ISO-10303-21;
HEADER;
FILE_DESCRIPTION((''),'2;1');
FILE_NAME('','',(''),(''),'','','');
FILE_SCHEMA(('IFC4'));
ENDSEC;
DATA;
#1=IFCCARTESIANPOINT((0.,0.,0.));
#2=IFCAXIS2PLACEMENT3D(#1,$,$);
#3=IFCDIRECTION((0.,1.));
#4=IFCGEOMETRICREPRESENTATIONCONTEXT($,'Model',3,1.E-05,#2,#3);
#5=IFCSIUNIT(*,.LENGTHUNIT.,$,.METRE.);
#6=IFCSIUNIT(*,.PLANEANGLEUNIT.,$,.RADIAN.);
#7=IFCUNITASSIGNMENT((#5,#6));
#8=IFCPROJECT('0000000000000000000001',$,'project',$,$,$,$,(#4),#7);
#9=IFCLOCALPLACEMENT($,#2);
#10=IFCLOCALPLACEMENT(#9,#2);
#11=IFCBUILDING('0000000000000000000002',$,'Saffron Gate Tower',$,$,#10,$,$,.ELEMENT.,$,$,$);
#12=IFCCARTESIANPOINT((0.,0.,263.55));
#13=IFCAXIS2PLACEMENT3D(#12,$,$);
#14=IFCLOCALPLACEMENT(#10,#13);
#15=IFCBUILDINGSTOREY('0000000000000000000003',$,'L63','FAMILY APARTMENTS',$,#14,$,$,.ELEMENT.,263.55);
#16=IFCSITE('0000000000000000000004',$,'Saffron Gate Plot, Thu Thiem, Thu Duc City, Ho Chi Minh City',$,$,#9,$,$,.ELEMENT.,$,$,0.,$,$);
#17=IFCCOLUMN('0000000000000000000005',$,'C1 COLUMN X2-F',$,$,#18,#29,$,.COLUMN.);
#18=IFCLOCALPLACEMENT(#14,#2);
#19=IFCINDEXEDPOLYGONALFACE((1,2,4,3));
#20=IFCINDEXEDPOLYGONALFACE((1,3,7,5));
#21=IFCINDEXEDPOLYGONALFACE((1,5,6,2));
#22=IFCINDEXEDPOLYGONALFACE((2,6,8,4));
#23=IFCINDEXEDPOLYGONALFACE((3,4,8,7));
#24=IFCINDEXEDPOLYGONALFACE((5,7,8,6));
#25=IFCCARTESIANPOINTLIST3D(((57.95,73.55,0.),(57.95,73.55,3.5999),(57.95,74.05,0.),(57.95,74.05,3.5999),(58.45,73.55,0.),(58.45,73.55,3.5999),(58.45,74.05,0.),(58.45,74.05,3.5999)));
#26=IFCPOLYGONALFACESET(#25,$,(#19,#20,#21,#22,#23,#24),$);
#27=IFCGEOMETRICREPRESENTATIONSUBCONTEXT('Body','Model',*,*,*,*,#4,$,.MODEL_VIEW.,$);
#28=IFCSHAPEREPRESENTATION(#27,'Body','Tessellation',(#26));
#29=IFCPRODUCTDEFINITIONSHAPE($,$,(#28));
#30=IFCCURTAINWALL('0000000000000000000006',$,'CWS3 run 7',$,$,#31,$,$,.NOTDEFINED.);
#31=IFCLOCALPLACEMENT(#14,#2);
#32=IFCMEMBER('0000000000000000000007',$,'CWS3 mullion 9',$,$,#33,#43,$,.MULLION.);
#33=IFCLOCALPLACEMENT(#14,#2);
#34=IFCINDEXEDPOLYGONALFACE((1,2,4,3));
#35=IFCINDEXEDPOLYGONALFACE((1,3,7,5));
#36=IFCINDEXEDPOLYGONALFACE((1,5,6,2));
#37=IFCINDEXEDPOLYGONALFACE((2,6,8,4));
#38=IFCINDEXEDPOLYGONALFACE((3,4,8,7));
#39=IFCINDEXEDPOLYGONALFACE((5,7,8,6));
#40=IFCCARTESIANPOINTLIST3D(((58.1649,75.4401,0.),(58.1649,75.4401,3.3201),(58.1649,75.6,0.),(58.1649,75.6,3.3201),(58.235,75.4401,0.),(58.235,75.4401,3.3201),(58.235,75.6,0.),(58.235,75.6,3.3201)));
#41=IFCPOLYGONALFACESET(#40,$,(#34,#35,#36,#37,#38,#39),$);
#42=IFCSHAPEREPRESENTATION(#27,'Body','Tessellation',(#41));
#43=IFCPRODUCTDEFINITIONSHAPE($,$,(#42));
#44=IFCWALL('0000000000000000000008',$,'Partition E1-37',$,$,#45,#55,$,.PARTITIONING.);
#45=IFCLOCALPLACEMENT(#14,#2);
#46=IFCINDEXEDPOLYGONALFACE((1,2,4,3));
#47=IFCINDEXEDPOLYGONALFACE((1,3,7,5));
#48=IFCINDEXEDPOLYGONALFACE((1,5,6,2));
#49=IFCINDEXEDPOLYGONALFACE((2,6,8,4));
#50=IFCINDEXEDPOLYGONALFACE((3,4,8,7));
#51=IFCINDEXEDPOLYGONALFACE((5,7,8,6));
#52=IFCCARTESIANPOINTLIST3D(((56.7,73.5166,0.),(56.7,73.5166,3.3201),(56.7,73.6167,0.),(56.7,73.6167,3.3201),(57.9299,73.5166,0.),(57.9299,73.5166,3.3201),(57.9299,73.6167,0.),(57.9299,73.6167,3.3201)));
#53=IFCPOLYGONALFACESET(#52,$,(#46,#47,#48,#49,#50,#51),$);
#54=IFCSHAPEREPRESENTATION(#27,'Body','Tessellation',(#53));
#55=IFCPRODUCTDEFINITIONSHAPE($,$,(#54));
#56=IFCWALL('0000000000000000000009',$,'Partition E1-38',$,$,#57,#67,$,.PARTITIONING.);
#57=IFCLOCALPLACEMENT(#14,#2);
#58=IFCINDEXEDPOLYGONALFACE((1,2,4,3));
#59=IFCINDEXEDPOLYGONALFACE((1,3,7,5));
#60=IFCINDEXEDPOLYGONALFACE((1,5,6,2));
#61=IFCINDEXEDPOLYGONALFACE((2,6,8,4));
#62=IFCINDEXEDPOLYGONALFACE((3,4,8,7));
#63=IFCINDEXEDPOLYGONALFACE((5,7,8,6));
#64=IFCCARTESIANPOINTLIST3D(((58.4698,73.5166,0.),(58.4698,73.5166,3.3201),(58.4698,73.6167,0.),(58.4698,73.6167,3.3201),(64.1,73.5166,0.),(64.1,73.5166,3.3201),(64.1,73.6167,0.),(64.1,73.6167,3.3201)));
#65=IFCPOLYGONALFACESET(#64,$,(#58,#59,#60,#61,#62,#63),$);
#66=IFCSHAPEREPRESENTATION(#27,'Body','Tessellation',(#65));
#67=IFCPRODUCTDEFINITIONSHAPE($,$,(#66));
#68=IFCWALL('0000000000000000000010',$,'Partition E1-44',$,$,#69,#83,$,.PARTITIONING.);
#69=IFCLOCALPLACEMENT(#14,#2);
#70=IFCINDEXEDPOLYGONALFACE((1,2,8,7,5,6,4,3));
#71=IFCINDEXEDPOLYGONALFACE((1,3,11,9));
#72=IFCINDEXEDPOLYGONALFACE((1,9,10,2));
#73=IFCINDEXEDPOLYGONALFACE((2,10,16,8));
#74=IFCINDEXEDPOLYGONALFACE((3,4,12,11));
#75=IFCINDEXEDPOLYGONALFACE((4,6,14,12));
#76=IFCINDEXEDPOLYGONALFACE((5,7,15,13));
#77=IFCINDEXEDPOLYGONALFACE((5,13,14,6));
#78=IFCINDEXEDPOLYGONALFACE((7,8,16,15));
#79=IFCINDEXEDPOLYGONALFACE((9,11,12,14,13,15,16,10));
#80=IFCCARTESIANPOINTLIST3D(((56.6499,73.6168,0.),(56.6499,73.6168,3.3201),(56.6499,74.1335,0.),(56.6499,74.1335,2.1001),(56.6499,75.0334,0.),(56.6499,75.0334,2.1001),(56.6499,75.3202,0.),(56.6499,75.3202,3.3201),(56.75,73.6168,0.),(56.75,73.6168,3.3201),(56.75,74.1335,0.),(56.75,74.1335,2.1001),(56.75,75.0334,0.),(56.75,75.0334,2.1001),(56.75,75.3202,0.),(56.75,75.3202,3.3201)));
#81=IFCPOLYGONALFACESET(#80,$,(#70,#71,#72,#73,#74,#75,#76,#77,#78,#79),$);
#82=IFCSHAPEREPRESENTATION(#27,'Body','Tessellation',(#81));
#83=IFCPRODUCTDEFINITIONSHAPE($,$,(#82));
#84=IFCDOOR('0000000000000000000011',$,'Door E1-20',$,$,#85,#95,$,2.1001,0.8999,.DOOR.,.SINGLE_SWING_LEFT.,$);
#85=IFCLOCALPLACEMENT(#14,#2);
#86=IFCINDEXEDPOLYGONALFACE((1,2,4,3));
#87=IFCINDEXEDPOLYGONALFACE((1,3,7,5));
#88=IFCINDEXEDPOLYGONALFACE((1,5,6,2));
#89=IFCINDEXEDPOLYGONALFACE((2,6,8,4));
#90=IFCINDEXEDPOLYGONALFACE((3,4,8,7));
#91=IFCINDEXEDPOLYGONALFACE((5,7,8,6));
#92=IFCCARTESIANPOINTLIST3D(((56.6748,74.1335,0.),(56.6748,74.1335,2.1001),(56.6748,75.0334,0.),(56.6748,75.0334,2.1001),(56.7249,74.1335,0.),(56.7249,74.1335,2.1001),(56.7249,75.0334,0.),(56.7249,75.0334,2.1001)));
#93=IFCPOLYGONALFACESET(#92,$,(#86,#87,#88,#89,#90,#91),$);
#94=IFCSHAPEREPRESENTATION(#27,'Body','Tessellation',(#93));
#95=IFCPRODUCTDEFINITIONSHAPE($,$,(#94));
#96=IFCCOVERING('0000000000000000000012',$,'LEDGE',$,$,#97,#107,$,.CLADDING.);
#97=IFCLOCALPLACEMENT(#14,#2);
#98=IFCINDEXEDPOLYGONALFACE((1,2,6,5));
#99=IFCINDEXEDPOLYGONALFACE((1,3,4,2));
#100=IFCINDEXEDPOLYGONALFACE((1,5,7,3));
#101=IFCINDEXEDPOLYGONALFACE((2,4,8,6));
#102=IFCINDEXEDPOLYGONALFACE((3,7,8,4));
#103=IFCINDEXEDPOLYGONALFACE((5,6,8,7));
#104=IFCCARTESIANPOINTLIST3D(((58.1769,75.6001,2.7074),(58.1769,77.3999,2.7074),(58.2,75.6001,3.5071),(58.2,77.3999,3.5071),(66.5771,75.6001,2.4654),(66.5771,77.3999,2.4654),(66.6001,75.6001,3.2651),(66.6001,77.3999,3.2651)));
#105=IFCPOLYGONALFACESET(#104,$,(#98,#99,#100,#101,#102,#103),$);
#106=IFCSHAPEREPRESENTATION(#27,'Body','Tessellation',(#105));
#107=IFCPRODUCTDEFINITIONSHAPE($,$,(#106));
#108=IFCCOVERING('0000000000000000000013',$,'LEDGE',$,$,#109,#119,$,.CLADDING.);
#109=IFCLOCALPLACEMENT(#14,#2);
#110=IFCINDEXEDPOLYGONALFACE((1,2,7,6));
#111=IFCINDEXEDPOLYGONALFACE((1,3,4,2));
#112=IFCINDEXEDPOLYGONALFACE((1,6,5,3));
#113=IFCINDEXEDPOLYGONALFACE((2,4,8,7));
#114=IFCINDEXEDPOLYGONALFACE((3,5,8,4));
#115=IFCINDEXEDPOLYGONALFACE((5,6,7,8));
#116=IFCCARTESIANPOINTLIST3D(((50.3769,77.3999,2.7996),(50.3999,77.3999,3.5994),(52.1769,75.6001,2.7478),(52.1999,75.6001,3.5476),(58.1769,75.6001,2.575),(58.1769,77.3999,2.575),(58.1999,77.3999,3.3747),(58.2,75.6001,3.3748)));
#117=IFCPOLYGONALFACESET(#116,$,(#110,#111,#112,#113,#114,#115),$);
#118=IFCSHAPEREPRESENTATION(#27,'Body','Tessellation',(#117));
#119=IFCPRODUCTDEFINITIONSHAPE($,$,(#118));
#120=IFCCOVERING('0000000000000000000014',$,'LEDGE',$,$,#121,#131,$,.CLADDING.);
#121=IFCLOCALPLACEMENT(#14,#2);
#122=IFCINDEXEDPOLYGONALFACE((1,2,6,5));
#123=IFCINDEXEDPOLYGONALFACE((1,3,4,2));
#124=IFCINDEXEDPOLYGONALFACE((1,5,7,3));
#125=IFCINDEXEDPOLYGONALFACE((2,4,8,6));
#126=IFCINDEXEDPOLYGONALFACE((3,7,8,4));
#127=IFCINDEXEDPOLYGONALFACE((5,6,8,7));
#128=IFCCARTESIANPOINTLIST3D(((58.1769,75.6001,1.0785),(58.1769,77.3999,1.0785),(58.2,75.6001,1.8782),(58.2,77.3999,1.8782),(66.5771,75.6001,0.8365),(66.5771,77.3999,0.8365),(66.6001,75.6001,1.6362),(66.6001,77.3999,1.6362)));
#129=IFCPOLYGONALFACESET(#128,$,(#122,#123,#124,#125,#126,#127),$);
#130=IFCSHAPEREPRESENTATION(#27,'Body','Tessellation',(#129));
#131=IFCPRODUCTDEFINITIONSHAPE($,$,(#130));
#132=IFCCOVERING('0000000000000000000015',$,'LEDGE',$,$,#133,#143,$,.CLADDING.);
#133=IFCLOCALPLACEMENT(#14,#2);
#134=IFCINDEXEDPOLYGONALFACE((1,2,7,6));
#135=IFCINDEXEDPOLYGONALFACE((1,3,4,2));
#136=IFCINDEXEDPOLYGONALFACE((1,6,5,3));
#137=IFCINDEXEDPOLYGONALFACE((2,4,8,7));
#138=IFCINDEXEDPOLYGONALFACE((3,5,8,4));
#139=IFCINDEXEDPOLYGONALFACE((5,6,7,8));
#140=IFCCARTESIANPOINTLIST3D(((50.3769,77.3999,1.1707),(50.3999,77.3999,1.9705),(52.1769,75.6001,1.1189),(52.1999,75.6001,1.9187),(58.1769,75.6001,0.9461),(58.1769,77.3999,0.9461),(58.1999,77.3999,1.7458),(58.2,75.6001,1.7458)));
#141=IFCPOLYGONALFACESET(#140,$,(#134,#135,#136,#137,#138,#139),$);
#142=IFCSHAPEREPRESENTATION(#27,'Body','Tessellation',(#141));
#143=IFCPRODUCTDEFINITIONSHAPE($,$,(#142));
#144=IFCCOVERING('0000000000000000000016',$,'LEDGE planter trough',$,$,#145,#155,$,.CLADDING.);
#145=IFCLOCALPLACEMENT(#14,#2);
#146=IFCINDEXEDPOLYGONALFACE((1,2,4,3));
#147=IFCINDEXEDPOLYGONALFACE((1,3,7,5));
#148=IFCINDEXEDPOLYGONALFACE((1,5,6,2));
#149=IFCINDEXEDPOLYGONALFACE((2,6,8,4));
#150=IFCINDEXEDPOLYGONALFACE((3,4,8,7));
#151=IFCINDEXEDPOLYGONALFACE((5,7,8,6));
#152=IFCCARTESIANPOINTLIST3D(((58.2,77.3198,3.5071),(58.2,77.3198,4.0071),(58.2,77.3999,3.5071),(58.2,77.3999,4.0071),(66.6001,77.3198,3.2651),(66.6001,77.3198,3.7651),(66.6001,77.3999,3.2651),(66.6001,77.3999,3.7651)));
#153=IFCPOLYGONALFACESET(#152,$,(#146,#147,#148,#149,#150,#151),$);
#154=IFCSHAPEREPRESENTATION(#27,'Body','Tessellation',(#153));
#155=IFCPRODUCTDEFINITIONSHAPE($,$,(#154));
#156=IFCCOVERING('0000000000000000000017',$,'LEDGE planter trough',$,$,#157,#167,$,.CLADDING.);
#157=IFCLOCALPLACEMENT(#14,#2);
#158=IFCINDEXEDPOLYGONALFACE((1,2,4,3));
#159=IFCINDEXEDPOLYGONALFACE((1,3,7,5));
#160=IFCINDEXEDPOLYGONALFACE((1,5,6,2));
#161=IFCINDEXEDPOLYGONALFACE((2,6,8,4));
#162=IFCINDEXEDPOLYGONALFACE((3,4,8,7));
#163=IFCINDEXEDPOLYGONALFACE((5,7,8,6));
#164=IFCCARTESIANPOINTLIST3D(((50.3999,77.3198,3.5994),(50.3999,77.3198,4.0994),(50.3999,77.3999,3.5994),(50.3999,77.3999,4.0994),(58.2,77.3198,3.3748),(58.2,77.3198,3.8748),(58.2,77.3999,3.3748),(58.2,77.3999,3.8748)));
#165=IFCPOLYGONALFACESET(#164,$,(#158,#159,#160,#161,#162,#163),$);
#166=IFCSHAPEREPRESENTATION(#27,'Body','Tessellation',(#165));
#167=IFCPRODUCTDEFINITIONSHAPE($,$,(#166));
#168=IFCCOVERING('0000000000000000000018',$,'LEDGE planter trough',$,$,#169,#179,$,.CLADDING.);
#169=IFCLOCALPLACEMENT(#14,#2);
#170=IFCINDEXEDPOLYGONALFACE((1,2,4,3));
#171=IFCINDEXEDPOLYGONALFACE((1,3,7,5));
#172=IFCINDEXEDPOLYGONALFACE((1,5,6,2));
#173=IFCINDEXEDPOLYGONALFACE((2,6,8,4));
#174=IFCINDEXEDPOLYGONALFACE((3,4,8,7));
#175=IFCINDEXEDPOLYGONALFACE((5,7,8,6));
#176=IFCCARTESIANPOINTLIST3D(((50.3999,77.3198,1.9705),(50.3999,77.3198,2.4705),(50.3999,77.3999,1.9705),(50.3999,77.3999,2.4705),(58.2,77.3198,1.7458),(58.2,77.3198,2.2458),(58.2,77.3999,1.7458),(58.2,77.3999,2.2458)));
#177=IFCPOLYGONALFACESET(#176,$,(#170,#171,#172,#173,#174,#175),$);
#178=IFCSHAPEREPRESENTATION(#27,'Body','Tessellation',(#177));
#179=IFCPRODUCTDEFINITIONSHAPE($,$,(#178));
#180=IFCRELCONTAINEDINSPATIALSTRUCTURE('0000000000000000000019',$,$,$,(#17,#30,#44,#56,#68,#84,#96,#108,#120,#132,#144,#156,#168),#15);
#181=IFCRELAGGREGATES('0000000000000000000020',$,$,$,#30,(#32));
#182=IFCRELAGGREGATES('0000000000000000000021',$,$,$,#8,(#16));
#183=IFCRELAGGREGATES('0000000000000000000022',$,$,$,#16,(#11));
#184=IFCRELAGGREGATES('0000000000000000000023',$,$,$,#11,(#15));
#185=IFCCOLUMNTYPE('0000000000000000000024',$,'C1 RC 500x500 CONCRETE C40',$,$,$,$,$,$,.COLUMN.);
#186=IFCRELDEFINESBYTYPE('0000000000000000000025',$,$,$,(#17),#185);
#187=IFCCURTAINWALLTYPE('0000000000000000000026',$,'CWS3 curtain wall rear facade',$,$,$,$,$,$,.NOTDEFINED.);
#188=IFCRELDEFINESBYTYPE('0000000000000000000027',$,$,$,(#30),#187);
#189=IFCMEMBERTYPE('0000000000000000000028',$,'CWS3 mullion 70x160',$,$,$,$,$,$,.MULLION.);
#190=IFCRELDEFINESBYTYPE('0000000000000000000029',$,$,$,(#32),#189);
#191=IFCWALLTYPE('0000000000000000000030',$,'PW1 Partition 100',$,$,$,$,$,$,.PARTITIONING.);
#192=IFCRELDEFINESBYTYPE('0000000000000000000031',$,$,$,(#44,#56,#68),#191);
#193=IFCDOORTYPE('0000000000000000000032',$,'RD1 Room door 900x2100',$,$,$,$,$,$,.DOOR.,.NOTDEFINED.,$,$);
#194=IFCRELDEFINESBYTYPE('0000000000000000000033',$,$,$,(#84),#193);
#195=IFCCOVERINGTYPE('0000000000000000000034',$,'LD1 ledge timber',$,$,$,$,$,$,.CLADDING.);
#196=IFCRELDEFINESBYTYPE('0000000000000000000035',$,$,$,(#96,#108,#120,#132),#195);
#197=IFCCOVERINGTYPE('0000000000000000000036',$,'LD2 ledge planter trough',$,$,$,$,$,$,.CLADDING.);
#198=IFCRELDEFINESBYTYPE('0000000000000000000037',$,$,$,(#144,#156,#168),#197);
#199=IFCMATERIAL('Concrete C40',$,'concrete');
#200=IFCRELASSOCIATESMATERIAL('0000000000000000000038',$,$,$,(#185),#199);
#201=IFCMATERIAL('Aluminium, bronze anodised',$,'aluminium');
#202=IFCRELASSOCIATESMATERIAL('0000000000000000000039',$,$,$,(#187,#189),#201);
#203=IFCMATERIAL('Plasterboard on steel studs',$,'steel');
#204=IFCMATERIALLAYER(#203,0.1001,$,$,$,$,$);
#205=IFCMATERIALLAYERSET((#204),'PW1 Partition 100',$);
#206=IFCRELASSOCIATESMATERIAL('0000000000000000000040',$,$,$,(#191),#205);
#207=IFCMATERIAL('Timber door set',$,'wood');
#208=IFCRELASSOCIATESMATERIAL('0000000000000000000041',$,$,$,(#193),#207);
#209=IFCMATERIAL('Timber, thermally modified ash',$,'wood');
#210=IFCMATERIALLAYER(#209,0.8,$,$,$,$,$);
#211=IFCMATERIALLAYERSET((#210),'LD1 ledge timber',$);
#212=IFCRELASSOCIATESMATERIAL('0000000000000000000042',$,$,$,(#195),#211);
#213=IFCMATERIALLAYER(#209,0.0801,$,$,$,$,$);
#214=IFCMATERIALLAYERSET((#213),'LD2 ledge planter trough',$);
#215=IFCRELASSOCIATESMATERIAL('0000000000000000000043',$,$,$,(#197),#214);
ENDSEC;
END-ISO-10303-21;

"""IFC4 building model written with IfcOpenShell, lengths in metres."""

from ifc_helpers import new_model, si_unit, direction, frame, frame_2d, origin, origin_2d, place, context, subcontext, project, spatial, polyline, rectangle, outline, extrude, material, layer, layer_set, material_profile, profile_set, type_object, element, fill, aggregate, save


model = new_model("IFC4")

# Units and contexts
model_context = context("Model", 3, precision=1e-05, world=origin(), true_north=direction((0.0, 1.0)))
body_context = subcontext(model_context, "Body", "Model", "MODEL_VIEW")
ifc_project = project(units=[si_unit("LENGTHUNIT", "METRE"), si_unit("PLANEANGLEUNIT", "RADIAN")], contexts=[model_context])

# Site, building, storey
site_placement = place(None, origin())
site = spatial("IfcSite", under=ifc_project, at=site_placement, Name="Saffron Gate Plot, Thu Thiem, Thu Duc City, Ho Chi Minh City", CompositionType="ELEMENT", RefElevation=0.0)
building_placement = place(site_placement, origin())
building = spatial("IfcBuilding", under=site, at=building_placement, Name="Saffron Gate Tower", CompositionType="ELEMENT")
storey_placement = place(building_placement, frame((0.0, 0.0, 263.55)))
storey = spatial("IfcBuildingStorey", under=building, at=storey_placement, Name="L63", Description="FAMILY APARTMENTS", CompositionType="ELEMENT", Elevation=263.55)

# Column
ifc_material_1 = material(Name="Concrete C40", Category="concrete")
ifc_material_profile_1 = material_profile(ifc_material_1, rectangle(XDim=0.5, YDim=0.5, at=origin_2d()))
ifc_profile_set_1 = profile_set([ifc_material_profile_1], Name="Concrete C40")
column_type = type_object("IfcColumnType", Name="C1 RC 500x500 CONCRETE C40", PredefinedType="COLUMN", material=ifc_profile_set_1)
column_placement = place(storey_placement, frame((58.2, 73.8, 0.0), z_axis=(0.0, 0.0, 1.0), x_axis=(1.0, 0.0, 0.0)))
element("IfcColumn", 1, at=column_placement, inside=storey, type_object=column_type, Name="C1 COLUMN X2-F", PredefinedType="COLUMN", context=body_context, shape_type="SweptSolid", body=[
    extrude(rectangle(XDim=0.5, YDim=0.5, at=origin_2d()), origin(), (0.0, 0.0, 1.0), 3.5999),
])

# Curtain wall, member
ifc_material_2 = material(Name="Aluminium, bronze anodised", Category="aluminium")
curtain_wall_type = type_object("IfcCurtainWallType", Name="CWS3 curtain wall rear facade", PredefinedType="NOTDEFINED", material=ifc_material_2)
curtain_wall_placement = place(storey_placement, origin())
curtain_wall = element("IfcCurtainWall", 2, at=curtain_wall_placement, inside=storey, type_object=curtain_wall_type, Name="CWS3 run 7", PredefinedType="NOTDEFINED")
ifc_material_profile_2 = material_profile(ifc_material_2, rectangle(XDim=0.1599, YDim=0.0701, at=origin_2d()))
ifc_profile_set_2 = profile_set([ifc_material_profile_2], Name="Aluminium, bronze anodised")
member_type = type_object("IfcMemberType", Name="CWS3 mullion 70x160", PredefinedType="MULLION", material=ifc_profile_set_2)
member_placement = place(storey_placement, frame((58.2, 75.52, 0.0), z_axis=(0.0, 0.0, 1.0), x_axis=(0.0, -1.0, 0.0)))
member = element("IfcMember", 3, at=member_placement, type_object=member_type, Name="CWS3 mullion 9", PredefinedType="MULLION", context=body_context, shape_type="SweptSolid", body=[
    extrude(rectangle(XDim=0.1599, YDim=0.0701, at=origin_2d()), origin(), (0.0, 0.0, 1.0), 3.3201),
])
aggregate(curtain_wall, [member])

# Walls
ifc_material_3 = material(Name="Plasterboard on steel studs", Category="steel")
ifc_layer_1 = layer(ifc_material_3, 0.1001)
ifc_layer_set_1 = layer_set([ifc_layer_1], Name="PW1 Partition 100")
wall_type = type_object("IfcWallType", Name="PW1 Partition 100", PredefinedType="PARTITIONING", material=ifc_layer_set_1)
wall_1_placement = place(storey_placement, frame((56.7, 73.5667, 0.0), z_axis=(0.0, 0.0, 1.0), x_axis=(1.0, 0.0, 0.0)))
element("IfcWall", 4, at=wall_1_placement, inside=storey, type_object=wall_type, Name="Partition E1-37", PredefinedType="PARTITIONING", context=body_context, shape_type="SweptSolid", body=[
    extrude(rectangle(XDim=1.23, YDim=0.1001, at=frame_2d((0.615, 0.0))), origin(), (0.0, 0.0, 1.0), 3.3201),
])
wall_2_placement = place(storey_placement, frame((58.47, 73.5667, 0.0), z_axis=(0.0, 0.0, 1.0), x_axis=(1.0, 0.0, 0.0)))
element("IfcWall", 5, at=wall_2_placement, inside=storey, type_object=wall_type, Name="Partition E1-38", PredefinedType="PARTITIONING", context=body_context, shape_type="SweptSolid", body=[
    extrude(rectangle(XDim=5.6301, YDim=0.1001, at=frame_2d((2.8149, 0.0))), origin(), (0.0, 0.0, 1.0), 3.3201),
])

# Wall, opening, door
wall_3_placement = place(storey_placement, frame((56.7, 75.3201, 0.0), z_axis=(0.0, 0.0, 1.0), x_axis=(0.0, -1.0, 0.0)))
wall_3 = element("IfcWall", 6, at=wall_3_placement, inside=storey, type_object=wall_type, Name="Partition E1-44", PredefinedType="PARTITIONING", context=body_context, shape_type="SweptSolid", body=[
    extrude(rectangle(XDim=1.7034, YDim=0.1001, at=frame_2d((0.8516, 0.0))), origin(), (0.0, 0.0, 1.0), 3.3201),
])
opening_placement = place(wall_3_placement, frame((0.2866, 0.0, 0.0)))
opening = element("IfcOpeningElement", 7, at=opening_placement, cuts=wall_3, PredefinedType="OPENING", context=body_context, shape_type="SweptSolid", body=[
    extrude(rectangle(XDim=0.8999, YDim=2.1001, at=frame_2d((0.45, 1.05))), frame((0.0, 0.0601, 0.0), z_axis=(0.0, -1.0, 0.0), x_axis=(1.0, 0.0, 0.0)), (0.0, 0.0, 1.0), 0.1201),
])
ifc_material_4 = material(Name="Timber door set", Category="wood")
door_type = type_object("IfcDoorType", Name="RD1 Room door 900x2100", OperationType="NOTDEFINED", PredefinedType="DOOR", material=ifc_material_4)
door_placement = place(opening_placement, origin())
door = element("IfcDoor", 8, at=door_placement, inside=storey, type_object=door_type, Name="Door E1-20", OperationType="SINGLE_SWING_LEFT", OverallHeight=2.1001, OverallWidth=0.8999, PredefinedType="DOOR", context=body_context, shape_type="SweptSolid", body=[
    extrude(rectangle(XDim=0.8999, YDim=2.1001, at=frame_2d((0.45, 1.05))), frame((0.0, 0.0249, 0.0), z_axis=(0.0, -1.0, 0.0), x_axis=(1.0, 0.0, 0.0)), (0.0, 0.0, 1.0), 0.05),
])
fill(opening, door)

# Coverings
ifc_material_5 = material(Name="Timber, thermally modified ash", Category="wood")
ifc_layer_2 = layer(ifc_material_5, 0.8)
ifc_layer_set_2 = layer_set([ifc_layer_2], Name="LD1 ledge timber")
covering_type_1 = type_object("IfcCoveringType", Name="LD1 ledge timber", PredefinedType="CLADDING", material=ifc_layer_set_2)
covering_1_placement = place(storey_placement, frame((66.6001, 75.6001, 3.2651), z_axis=(0.02879, 0.0, 0.999585), x_axis=(-0.999585, 0.0, 0.02879)))
element("IfcCovering", 9, at=covering_1_placement, inside=storey, type_object=covering_type_1, Name="LEDGE", PredefinedType="CLADDING", context=body_context, shape_type="SweptSolid", body=[
    extrude(outline(polyline([(0.0, 0.0), (8.4036, 0.0), (8.4036, -1.7998), (0.0, -1.7998), (0.0, 0.0)])), origin(), (0.0, 0.0, -1.0), 0.8),
])
covering_2_placement = place(storey_placement, frame((58.2, 75.6001, 3.3748), z_axis=(0.028789, 0.000024, 0.999585), x_axis=(-0.999585, 0.0, 0.028789)))
element("IfcCovering", 10, at=covering_2_placement, inside=storey, type_object=covering_type_1, Name="LEDGE", PredefinedType="CLADDING", context=body_context, shape_type="SweptSolid", body=[
    extrude(outline(polyline([(0.0, 0.0), (6.0025, 0.0), (7.8033, -1.7998), (0.0, -1.7998), (0.0, 0.0)])), origin(), (0.0, 0.0, -1.0), 0.8),
])
covering_3_placement = place(storey_placement, frame((66.6001, 75.6001, 1.6362), z_axis=(0.02879, 0.0, 0.999585), x_axis=(-0.999585, 0.0, 0.02879)))
element("IfcCovering", 11, at=covering_3_placement, inside=storey, type_object=covering_type_1, Name="LEDGE", PredefinedType="CLADDING", context=body_context, shape_type="SweptSolid", body=[
    extrude(outline(polyline([(0.0, 0.0), (8.4036, 0.0), (8.4036, -1.7998), (0.0, -1.7998), (0.0, 0.0)])), origin(), (0.0, 0.0, -1.0), 0.8),
])
covering_4_placement = place(storey_placement, frame((58.2, 75.6001, 1.7458), z_axis=(0.028789, 0.000024, 0.999585), x_axis=(-0.999585, 0.0, 0.028789)))
element("IfcCovering", 12, at=covering_4_placement, inside=storey, type_object=covering_type_1, Name="LEDGE", PredefinedType="CLADDING", context=body_context, shape_type="SweptSolid", body=[
    extrude(outline(polyline([(0.0, 0.0), (6.0025, 0.0), (7.8033, -1.7998), (0.0, -1.7998), (0.0, 0.0)])), origin(), (0.0, 0.0, -1.0), 0.8),
])
ifc_layer_3 = layer(ifc_material_5, 0.0801)
ifc_layer_set_3 = layer_set([ifc_layer_3], Name="LD2 ledge planter trough")
covering_type_2 = type_object("IfcCoveringType", Name="LD2 ledge planter trough", PredefinedType="CLADDING", material=ifc_layer_set_3)
covering_5_placement = place(storey_placement, frame((66.6001, 77.3999, 3.2651), z_axis=(0.0, 1.0, 0.0), x_axis=(-0.999585, 0.0, 0.02879)))
element("IfcCovering", 13, at=covering_5_placement, inside=storey, type_object=covering_type_2, Name="LEDGE planter trough", PredefinedType="CLADDING", context=body_context, shape_type="SweptSolid", body=[
    extrude(outline(polyline([(0.0, 0.0), (8.4036, 0.0), (8.418, 0.4998), (0.0144, 0.4998), (0.0, 0.0)])), origin(), (0.0, 0.0, -1.0), 0.0801),
])
for number, where, z_axis, x_axis, name in (
    (14, (58.2, 77.3999, 3.3748), (0.0, 1.0, 0.0), (-0.999586, 0.0, 0.028784), "LEDGE planter trough"),
    (15, (58.2, 77.3999, 1.7458), (0.0, 1.0, 0.0), (-0.999586, 0.0, 0.028784), "LEDGE planter trough"),
):
    element("IfcCovering", number, at=place(storey_placement, frame(where, z_axis=z_axis, x_axis=x_axis)), inside=storey, type_object=covering_type_2, Name=name, PredefinedType="CLADDING", context=body_context, shape_type="SweptSolid", body=[
        extrude(outline(polyline([(0.0, 0.0), (7.8033, 0.0), (7.8177, 0.4998), (0.0144, 0.4998), (0.0, 0.0)])), origin(), (0.0, 0.0, -1.0), 0.0801),
    ])

save(model, "model.ifc")
